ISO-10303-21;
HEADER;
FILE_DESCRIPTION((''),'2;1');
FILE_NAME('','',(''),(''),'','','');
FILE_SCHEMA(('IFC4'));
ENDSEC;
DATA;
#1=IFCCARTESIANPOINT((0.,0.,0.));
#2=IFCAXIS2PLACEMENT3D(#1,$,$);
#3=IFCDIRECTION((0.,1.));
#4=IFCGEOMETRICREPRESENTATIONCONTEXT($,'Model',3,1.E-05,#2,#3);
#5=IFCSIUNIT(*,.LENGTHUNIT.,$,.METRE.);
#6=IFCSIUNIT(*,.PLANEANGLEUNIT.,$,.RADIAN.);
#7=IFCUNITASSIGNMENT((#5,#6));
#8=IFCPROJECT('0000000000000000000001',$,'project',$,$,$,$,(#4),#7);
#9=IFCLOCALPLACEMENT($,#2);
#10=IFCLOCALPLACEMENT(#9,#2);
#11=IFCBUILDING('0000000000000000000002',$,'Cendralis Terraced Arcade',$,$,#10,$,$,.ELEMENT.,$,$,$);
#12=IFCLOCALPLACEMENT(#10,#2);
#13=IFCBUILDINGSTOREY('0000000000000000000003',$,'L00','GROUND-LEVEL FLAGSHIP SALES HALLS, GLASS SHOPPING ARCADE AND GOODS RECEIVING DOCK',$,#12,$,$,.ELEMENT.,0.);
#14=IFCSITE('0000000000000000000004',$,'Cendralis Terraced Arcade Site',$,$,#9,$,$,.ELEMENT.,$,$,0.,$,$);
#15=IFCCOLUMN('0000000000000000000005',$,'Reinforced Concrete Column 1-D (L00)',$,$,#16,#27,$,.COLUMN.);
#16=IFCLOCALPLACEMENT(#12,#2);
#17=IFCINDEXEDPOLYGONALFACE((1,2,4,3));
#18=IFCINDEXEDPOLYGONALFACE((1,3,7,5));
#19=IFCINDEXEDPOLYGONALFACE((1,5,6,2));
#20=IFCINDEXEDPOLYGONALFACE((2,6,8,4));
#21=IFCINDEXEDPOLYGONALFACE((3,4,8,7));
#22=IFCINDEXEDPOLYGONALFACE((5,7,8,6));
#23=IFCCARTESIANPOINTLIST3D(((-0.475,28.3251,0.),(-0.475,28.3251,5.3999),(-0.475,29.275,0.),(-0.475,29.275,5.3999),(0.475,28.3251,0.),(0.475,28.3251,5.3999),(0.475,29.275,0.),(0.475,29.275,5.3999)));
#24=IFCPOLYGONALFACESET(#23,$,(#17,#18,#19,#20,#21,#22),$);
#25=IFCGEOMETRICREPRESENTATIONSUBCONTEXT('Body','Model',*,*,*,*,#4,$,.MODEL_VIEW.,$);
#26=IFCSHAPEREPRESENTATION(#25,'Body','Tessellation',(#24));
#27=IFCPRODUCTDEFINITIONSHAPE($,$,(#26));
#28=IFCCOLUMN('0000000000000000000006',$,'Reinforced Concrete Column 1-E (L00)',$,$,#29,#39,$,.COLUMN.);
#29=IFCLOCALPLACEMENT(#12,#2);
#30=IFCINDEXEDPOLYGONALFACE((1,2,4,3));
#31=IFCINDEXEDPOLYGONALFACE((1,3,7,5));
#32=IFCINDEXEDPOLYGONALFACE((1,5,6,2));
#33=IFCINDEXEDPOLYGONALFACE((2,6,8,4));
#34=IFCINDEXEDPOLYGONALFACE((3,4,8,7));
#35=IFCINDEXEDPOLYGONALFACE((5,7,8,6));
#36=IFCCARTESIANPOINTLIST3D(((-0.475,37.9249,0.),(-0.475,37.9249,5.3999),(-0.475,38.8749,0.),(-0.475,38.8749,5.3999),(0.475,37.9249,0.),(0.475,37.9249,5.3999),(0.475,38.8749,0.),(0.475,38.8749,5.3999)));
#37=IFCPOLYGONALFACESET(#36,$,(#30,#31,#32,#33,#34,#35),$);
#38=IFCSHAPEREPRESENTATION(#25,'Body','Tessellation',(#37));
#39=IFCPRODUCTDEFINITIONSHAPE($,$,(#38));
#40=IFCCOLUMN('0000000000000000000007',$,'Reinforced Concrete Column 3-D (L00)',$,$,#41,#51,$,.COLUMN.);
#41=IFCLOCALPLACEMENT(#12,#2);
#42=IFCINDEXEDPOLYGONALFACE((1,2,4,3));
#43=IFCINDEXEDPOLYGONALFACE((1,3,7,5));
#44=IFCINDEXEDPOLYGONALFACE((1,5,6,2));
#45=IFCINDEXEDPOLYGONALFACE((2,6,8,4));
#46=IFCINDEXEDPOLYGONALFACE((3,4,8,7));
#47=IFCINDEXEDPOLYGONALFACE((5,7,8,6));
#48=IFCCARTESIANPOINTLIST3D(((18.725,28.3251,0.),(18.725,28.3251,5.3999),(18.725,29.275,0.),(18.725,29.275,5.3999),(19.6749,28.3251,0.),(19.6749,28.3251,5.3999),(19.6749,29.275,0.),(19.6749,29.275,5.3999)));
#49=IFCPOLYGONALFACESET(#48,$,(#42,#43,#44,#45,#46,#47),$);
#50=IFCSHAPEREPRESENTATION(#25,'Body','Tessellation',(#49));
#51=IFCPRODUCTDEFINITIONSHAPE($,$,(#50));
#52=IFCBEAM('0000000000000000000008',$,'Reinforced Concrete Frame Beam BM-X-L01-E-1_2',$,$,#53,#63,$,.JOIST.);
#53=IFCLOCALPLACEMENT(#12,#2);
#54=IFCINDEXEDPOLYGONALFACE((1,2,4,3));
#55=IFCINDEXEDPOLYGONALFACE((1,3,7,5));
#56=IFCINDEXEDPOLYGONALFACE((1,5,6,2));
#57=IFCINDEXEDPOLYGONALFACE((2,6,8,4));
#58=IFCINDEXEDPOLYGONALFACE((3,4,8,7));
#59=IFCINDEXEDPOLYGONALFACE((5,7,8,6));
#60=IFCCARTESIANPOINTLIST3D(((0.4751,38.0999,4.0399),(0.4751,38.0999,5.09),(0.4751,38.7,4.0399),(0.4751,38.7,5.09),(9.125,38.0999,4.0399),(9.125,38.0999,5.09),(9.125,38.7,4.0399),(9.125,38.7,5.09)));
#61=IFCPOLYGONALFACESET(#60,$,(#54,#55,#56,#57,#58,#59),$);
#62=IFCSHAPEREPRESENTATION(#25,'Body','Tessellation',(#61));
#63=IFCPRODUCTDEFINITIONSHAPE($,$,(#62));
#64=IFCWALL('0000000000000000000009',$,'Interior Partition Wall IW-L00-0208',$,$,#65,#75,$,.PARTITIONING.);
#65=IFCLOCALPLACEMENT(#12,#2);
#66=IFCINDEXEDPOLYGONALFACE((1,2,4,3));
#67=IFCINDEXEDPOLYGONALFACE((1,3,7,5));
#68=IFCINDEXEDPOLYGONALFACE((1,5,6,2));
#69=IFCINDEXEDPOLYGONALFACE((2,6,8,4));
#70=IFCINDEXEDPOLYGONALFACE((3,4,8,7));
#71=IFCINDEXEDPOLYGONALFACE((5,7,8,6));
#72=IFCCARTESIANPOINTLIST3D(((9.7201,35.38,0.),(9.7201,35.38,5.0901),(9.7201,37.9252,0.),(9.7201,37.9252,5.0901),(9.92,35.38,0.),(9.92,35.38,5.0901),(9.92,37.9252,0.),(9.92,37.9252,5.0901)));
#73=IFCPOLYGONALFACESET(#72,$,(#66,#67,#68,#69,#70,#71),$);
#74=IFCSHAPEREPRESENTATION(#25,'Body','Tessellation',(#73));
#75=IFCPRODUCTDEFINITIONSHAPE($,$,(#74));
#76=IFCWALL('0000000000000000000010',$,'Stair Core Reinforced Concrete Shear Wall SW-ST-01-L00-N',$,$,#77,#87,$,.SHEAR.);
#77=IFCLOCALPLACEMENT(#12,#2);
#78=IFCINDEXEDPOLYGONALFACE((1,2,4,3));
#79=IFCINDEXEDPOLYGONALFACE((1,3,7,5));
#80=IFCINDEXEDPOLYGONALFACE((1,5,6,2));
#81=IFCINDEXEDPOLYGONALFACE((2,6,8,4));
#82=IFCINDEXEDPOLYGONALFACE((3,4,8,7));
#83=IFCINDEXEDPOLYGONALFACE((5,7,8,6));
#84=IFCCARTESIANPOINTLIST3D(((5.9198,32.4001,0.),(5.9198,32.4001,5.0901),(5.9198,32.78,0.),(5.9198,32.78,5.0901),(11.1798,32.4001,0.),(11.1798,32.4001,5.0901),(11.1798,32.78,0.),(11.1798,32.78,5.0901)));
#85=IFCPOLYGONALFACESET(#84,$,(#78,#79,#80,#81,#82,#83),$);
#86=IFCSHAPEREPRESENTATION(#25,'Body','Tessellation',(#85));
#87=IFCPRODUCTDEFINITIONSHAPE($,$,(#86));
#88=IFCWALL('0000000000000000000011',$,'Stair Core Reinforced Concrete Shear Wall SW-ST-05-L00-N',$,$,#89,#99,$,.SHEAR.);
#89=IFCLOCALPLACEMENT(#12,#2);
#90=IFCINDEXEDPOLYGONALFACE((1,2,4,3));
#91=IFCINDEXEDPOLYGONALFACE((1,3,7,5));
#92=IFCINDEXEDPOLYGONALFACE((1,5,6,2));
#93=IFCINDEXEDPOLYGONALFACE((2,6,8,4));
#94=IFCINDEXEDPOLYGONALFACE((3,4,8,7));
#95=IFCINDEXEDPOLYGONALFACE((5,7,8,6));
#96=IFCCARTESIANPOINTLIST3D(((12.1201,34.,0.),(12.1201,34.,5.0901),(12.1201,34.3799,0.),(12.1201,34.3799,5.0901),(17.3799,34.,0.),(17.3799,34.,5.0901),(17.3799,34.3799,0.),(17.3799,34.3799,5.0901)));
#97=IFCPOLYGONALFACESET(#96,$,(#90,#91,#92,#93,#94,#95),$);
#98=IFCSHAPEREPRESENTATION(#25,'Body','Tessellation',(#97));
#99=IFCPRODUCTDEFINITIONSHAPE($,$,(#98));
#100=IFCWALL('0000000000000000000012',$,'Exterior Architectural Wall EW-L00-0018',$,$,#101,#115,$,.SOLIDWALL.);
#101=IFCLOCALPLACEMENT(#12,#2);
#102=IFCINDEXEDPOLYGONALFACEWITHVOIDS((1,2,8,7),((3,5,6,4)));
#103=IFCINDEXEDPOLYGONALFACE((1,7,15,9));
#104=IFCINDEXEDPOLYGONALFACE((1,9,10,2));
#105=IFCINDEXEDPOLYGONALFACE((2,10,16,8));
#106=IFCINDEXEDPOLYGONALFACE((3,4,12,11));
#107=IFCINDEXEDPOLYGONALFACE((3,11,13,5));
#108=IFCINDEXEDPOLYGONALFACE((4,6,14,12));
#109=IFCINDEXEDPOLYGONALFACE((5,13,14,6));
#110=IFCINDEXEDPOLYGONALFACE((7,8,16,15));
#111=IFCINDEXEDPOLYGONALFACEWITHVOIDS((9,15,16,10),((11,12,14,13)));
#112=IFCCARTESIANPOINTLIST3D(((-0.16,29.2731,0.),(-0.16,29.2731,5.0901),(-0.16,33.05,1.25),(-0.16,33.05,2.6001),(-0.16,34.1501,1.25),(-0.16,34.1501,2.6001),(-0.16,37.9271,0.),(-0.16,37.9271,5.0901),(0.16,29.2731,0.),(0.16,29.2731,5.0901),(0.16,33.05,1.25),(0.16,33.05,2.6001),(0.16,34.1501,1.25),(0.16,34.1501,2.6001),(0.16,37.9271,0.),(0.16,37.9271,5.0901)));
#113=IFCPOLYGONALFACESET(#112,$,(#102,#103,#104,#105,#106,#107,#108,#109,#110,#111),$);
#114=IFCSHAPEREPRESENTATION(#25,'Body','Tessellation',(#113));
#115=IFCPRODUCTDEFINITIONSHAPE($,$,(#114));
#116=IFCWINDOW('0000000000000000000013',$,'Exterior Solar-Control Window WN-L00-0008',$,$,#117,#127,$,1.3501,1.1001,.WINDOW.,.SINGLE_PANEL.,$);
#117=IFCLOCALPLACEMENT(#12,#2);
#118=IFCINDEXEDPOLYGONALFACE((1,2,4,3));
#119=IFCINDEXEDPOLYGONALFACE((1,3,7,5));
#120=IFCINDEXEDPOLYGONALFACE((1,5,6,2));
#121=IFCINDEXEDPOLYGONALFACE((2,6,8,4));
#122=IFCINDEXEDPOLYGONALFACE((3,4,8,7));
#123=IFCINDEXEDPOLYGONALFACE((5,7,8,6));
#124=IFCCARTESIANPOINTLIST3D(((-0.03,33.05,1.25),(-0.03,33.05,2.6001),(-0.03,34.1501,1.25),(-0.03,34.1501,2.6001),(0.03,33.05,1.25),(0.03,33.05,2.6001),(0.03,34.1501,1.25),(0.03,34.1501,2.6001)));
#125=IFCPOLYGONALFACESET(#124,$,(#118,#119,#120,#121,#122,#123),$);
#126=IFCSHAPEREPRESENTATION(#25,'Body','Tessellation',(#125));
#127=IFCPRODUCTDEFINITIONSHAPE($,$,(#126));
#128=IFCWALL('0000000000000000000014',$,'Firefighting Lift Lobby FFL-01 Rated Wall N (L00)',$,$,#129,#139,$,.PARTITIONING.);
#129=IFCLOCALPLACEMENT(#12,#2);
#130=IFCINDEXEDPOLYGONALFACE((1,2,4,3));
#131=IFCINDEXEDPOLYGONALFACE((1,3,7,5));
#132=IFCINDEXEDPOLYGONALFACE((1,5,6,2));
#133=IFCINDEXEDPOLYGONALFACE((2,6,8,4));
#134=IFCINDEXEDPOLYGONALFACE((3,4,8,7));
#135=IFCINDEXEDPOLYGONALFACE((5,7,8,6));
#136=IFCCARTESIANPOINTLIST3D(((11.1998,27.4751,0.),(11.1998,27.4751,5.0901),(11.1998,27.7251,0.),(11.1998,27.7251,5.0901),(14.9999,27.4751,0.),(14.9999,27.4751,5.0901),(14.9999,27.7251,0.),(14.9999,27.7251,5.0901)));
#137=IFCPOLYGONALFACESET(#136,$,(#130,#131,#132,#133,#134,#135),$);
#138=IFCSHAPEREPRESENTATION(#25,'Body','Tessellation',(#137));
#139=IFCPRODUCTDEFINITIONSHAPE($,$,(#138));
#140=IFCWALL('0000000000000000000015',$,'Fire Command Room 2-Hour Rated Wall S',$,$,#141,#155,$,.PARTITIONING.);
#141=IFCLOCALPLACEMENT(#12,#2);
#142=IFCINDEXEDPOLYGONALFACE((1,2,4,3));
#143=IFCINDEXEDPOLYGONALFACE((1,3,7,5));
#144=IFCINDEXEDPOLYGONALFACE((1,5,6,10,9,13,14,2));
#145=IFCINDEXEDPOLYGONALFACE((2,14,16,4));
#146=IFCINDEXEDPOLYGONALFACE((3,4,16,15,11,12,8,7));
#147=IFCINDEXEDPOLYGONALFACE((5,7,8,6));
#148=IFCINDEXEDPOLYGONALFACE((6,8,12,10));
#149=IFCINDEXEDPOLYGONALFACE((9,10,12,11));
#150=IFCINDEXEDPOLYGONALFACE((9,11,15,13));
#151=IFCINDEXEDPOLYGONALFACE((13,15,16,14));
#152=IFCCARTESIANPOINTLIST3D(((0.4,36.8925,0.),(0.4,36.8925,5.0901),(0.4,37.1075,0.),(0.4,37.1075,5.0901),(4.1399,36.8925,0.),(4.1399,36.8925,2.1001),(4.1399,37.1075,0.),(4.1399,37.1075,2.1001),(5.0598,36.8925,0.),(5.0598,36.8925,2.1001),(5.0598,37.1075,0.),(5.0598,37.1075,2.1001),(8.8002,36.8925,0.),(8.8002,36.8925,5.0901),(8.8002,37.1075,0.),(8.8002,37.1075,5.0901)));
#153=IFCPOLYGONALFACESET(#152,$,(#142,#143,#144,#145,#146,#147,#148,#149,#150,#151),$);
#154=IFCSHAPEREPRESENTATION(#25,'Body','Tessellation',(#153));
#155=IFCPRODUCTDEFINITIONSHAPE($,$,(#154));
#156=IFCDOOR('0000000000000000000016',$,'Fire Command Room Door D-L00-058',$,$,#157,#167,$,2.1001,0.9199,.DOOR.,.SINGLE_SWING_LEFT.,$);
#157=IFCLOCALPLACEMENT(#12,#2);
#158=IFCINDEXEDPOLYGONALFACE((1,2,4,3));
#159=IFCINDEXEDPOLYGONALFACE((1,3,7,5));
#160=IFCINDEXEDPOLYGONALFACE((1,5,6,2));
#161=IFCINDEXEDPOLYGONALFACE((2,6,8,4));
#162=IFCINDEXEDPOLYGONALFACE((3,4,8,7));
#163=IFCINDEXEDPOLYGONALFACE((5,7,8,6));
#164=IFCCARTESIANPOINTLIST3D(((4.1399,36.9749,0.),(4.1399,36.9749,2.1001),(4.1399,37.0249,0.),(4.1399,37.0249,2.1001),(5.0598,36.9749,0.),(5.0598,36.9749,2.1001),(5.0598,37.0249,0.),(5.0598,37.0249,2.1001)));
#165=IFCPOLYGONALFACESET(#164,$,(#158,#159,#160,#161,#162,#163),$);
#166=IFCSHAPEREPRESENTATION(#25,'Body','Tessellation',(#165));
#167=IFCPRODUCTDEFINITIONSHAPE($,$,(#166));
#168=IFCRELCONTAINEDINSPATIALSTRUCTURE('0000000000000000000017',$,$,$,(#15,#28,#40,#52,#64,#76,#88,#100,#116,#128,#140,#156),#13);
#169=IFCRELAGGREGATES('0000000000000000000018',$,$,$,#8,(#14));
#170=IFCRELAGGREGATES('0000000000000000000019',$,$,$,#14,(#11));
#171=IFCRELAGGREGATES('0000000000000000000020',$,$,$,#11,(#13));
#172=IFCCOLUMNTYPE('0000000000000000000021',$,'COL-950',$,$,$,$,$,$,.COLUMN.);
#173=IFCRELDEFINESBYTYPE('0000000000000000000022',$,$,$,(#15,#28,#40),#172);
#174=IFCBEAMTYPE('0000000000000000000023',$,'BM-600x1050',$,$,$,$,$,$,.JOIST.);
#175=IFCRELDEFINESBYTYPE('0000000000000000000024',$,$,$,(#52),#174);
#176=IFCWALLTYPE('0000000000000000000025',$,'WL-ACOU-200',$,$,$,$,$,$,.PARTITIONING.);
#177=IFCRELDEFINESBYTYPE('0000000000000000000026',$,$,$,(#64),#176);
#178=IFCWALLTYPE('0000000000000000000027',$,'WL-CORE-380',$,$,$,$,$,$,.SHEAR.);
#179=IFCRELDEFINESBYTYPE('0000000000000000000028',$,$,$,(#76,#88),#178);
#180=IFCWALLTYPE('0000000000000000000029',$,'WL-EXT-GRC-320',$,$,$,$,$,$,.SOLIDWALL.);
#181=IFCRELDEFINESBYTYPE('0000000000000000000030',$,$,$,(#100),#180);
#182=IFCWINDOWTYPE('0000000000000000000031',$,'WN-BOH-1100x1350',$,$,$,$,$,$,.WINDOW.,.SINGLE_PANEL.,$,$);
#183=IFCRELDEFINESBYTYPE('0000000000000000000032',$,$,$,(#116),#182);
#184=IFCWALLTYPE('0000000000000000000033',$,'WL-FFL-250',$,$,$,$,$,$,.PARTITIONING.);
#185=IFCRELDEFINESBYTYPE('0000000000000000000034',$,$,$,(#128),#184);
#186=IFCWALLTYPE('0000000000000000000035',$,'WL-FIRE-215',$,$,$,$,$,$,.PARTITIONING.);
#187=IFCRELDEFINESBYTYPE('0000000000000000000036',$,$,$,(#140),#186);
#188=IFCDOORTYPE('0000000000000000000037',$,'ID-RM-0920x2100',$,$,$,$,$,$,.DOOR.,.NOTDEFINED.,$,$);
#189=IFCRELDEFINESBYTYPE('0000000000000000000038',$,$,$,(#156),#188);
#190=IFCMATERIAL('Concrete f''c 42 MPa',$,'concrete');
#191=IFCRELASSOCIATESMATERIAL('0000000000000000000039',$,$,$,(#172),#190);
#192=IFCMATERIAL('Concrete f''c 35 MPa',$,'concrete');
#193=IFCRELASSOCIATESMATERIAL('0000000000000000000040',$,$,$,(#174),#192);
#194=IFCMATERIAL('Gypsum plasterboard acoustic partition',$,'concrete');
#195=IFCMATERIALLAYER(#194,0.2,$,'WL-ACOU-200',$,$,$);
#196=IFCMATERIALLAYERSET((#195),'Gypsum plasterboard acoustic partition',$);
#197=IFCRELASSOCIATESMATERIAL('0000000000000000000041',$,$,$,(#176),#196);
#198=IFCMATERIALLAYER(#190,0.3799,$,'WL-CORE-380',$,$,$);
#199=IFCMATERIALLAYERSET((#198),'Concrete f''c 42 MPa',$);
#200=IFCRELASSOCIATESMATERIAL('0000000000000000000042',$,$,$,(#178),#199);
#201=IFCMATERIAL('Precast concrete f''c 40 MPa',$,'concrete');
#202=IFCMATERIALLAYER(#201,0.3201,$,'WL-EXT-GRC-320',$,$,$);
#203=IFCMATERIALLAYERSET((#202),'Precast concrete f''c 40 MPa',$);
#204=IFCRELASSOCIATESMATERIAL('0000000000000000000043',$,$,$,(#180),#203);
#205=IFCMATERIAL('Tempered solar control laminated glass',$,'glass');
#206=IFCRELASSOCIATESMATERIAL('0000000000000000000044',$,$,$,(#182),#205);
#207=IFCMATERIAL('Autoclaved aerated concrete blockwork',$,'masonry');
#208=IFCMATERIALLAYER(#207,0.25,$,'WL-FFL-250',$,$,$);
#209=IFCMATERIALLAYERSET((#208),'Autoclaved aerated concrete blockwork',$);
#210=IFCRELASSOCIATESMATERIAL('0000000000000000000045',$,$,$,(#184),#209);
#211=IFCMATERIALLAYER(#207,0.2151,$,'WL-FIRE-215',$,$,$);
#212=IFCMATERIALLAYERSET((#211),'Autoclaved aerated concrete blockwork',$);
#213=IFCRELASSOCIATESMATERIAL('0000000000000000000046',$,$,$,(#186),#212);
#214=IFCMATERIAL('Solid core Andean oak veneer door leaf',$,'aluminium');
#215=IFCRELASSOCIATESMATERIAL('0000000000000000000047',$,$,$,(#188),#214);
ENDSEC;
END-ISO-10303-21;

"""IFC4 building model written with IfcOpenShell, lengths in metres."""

from ifc_helpers import new_model, si_unit, direction, frame, frame_2d, origin, origin_2d, place, context, subcontext, project, spatial, rectangle, extrude, material, layer, layer_set, material_profile, profile_set, type_object, element, fill, save


model = new_model("IFC4")

# Units and contexts
model_context = context("Model", 3, precision=1e-05, world=origin(), true_north=direction((0.0, 1.0)))
body_context = subcontext(model_context, "Body", "Model", "MODEL_VIEW")
ifc_project = project(units=[si_unit("LENGTHUNIT", "METRE"), si_unit("PLANEANGLEUNIT", "RADIAN")], contexts=[model_context])

# Site, building, storey
site_placement = place(None, origin())
site = spatial("IfcSite", under=ifc_project, at=site_placement, Name="Cendralis Terraced Arcade Site", CompositionType="ELEMENT", RefElevation=0.0)
building_placement = place(site_placement, origin())
building = spatial("IfcBuilding", under=site, at=building_placement, Name="Cendralis Terraced Arcade", CompositionType="ELEMENT")
storey_placement = place(building_placement, origin())
storey = spatial("IfcBuildingStorey", under=building, at=storey_placement, Name="L00", Description="GROUND-LEVEL FLAGSHIP SALES HALLS, GLASS SHOPPING ARCADE AND GOODS RECEIVING DOCK", CompositionType="ELEMENT", Elevation=0.0)

# Columns
ifc_material_1 = material(Name="Concrete f'c 42 MPa", Category="concrete")
ifc_material_profile_1 = material_profile(ifc_material_1, rectangle(XDim=0.95, YDim=0.95, at=origin_2d()), Name="RC-COL-950x950", Category="LoadBearing")
ifc_profile_set_1 = profile_set([ifc_material_profile_1], Name="Concrete f'c 42 MPa")
column_type = type_object("IfcColumnType", Name="COL-950", PredefinedType="COLUMN", material=ifc_profile_set_1)
for number, where, z_axis, x_axis, name in (
    (1, (0.0, 28.8, 0.0), (0.0, 0.0, 1.0), (1.0, 0.0, 0.0), "Reinforced Concrete Column 1-D (L00)"),
    (2, (0.0, 38.3999, 0.0), (0.0, 0.0, 1.0), (1.0, 0.0, 0.0), "Reinforced Concrete Column 1-E (L00)"),
    (3, (19.2, 28.8, 0.0), (0.0, 0.0, 1.0), (1.0, 0.0, 0.0), "Reinforced Concrete Column 3-D (L00)"),
):
    element("IfcColumn", number, at=place(storey_placement, frame(where, z_axis=z_axis, x_axis=x_axis)), inside=storey, type_object=column_type, Name=name, PredefinedType="COLUMN", context=body_context, shape_type="SweptSolid", body=[
        extrude(rectangle(XDim=0.95, YDim=0.95, at=origin_2d()), origin(), (0.0, 0.0, 1.0), 5.3999),
    ])

# Beam
ifc_material_2 = material(Name="Concrete f'c 35 MPa", Category="concrete")
ifc_material_profile_2 = material_profile(ifc_material_2, rectangle(XDim=0.6001, YDim=1.05, at=origin_2d()), Name="RC-BM-600x1050", Category="LoadBearing")
ifc_profile_set_2 = profile_set([ifc_material_profile_2], Name="Concrete f'c 35 MPa")
beam_type = type_object("IfcBeamType", Name="BM-600x1050", PredefinedType="JOIST", material=ifc_profile_set_2)
beam_placement = place(storey_placement, frame((0.4751, 38.3999, 4.5649), z_axis=(1.0, 0.0, 0.0), x_axis=(0.0, 1.0, 0.0)))
element("IfcBeam", 4, at=beam_placement, inside=storey, type_object=beam_type, Name="Reinforced Concrete Frame Beam BM-X-L01-E-1_2", PredefinedType="JOIST", context=body_context, shape_type="SweptSolid", body=[
    extrude(rectangle(XDim=0.6001, YDim=1.05, at=origin_2d()), origin(), (0.0, 0.0, 1.0), 8.6499),
])

# Walls
ifc_material_3 = material(Name="Gypsum plasterboard acoustic partition", Category="concrete")
ifc_layer_1 = layer(ifc_material_3, 0.2, Name="WL-ACOU-200")
ifc_layer_set_1 = layer_set([ifc_layer_1], Name="Gypsum plasterboard acoustic partition")
wall_type_1 = type_object("IfcWallType", Name="WL-ACOU-200", PredefinedType="PARTITIONING", material=ifc_layer_set_1)
wall_1_placement = place(storey_placement, frame((9.8201, 37.925, 0.0), z_axis=(0.0, 0.0, 1.0), x_axis=(0.0, -1.0, 0.0)))
element("IfcWall", 5, at=wall_1_placement, inside=storey, type_object=wall_type_1, Name="Interior Partition Wall IW-L00-0208", PredefinedType="PARTITIONING", context=body_context, shape_type="SweptSolid", body=[
    extrude(rectangle(XDim=2.5452, YDim=0.2, at=frame_2d((1.2725, 0.0))), origin(), (0.0, 0.0, 1.0), 5.0901),
])
ifc_layer_2 = layer(ifc_material_1, 0.3799, Name="WL-CORE-380")
ifc_layer_set_2 = layer_set([ifc_layer_2], Name="Concrete f'c 42 MPa")
wall_type_2 = type_object("IfcWallType", Name="WL-CORE-380", PredefinedType="SHEAR", material=ifc_layer_set_2)
wall_2_placement = place(storey_placement, frame((5.9199, 32.5901, 0.0), z_axis=(0.0, 0.0, 1.0), x_axis=(1.0, 0.0, 0.0)))
element("IfcWall", 6, at=wall_2_placement, inside=storey, type_object=wall_type_2, Name="Stair Core Reinforced Concrete Shear Wall SW-ST-01-L00-N", PredefinedType="SHEAR", context=body_context, shape_type="SweptSolid", body=[
    extrude(rectangle(XDim=5.26, YDim=0.3799, at=frame_2d((2.6299, 0.0))), origin(), (0.0, 0.0, 1.0), 5.0901),
])
wall_3_placement = place(storey_placement, frame((12.1201, 34.1899, 0.0), z_axis=(0.0, 0.0, 1.0), x_axis=(1.0, 0.0, 0.0)))
element("IfcWall", 7, at=wall_3_placement, inside=storey, type_object=wall_type_2, Name="Stair Core Reinforced Concrete Shear Wall SW-ST-05-L00-N", PredefinedType="SHEAR", context=body_context, shape_type="SweptSolid", body=[
    extrude(rectangle(XDim=5.2598, YDim=0.3799, at=frame_2d((2.6299, 0.0))), origin(), (0.0, 0.0, 1.0), 5.0901),
])

# Wall, opening, window
ifc_material_4 = material(Name="Precast concrete f'c 40 MPa", Category="concrete")
ifc_layer_3 = layer(ifc_material_4, 0.3201, Name="WL-EXT-GRC-320")
ifc_layer_set_3 = layer_set([ifc_layer_3], Name="Precast concrete f'c 40 MPa")
wall_type_3 = type_object("IfcWallType", Name="WL-EXT-GRC-320", PredefinedType="SOLIDWALL", material=ifc_layer_set_3)
wall_4_placement = place(storey_placement, frame((0.0, 29.2729, 0.0), z_axis=(0.0, 0.0, 1.0), x_axis=(0.0, 1.0, 0.0)))
wall_4 = element("IfcWall", 8, at=wall_4_placement, inside=storey, type_object=wall_type_3, Name="Exterior Architectural Wall EW-L00-0018", PredefinedType="SOLIDWALL", context=body_context, shape_type="SweptSolid", body=[
    extrude(rectangle(XDim=8.6541, YDim=0.3201, at=frame_2d((4.3271, 0.0))), origin(), (0.0, 0.0, 1.0), 5.0901),
])
opening_1_placement = place(wall_4_placement, frame((3.7771, 0.0, 1.25)))
opening_1 = element("IfcOpeningElement", 9, at=opening_1_placement, cuts=wall_4, PredefinedType="OPENING", context=body_context, shape_type="SweptSolid", body=[
    extrude(rectangle(XDim=1.1001, YDim=1.3501, at=frame_2d((0.55, 0.675))), frame((0.0, 0.1719, 0.0), z_axis=(0.0, -1.0, 0.0), x_axis=(1.0, 0.0, 0.0)), (0.0, 0.0, 1.0), 0.344),
])
ifc_material_5 = material(Name="Tempered solar control laminated glass", Category="glass")
window_type = type_object("IfcWindowType", Name="WN-BOH-1100x1350", PartitioningType="SINGLE_PANEL", PredefinedType="WINDOW", material=ifc_material_5)
window_placement = place(opening_1_placement, origin())
window = element("IfcWindow", 10, at=window_placement, inside=storey, type_object=window_type, Name="Exterior Solar-Control Window WN-L00-0008", OverallHeight=1.3501, OverallWidth=1.1001, PartitioningType="SINGLE_PANEL", PredefinedType="WINDOW", context=body_context, shape_type="SweptSolid", body=[
    extrude(rectangle(XDim=1.1001, YDim=1.3501, at=frame_2d((0.55, 0.675))), frame((0.0, 0.03, 0.0), z_axis=(0.0, -1.0, 0.0), x_axis=(1.0, 0.0, 0.0)), (0.0, 0.0, 1.0), 0.0601),
])
fill(opening_1, window)

# Wall
ifc_material_6 = material(Name="Autoclaved aerated concrete blockwork", Category="masonry")
ifc_layer_4 = layer(ifc_material_6, 0.25, Name="WL-FFL-250")
ifc_layer_set_4 = layer_set([ifc_layer_4], Name="Autoclaved aerated concrete blockwork")
wall_type_4 = type_object("IfcWallType", Name="WL-FFL-250", PredefinedType="PARTITIONING", material=ifc_layer_set_4)
wall_5_placement = place(storey_placement, frame((11.2, 27.6001, 0.0), z_axis=(0.0, 0.0, 1.0), x_axis=(1.0, 0.0, 0.0)))
element("IfcWall", 11, at=wall_5_placement, inside=storey, type_object=wall_type_4, Name="Firefighting Lift Lobby FFL-01 Rated Wall N (L00)", PredefinedType="PARTITIONING", context=body_context, shape_type="SweptSolid", body=[
    extrude(rectangle(XDim=3.8, YDim=0.25, at=frame_2d((1.8999, 0.0))), origin(), (0.0, 0.0, 1.0), 5.0901),
])

# Wall, opening, door
ifc_layer_5 = layer(ifc_material_6, 0.2151, Name="WL-FIRE-215")
ifc_layer_set_5 = layer_set([ifc_layer_5], Name="Autoclaved aerated concrete blockwork")
wall_type_5 = type_object("IfcWallType", Name="WL-FIRE-215", PredefinedType="PARTITIONING", material=ifc_layer_set_5)
wall_6_placement = place(storey_placement, frame((0.3999, 37.0, 0.0), z_axis=(0.0, 0.0, 1.0), x_axis=(1.0, 0.0, 0.0)))
wall_6 = element("IfcWall", 12, at=wall_6_placement, inside=storey, type_object=wall_type_5, Name="Fire Command Room 2-Hour Rated Wall S", PredefinedType="PARTITIONING", context=body_context, shape_type="SweptSolid", body=[
    extrude(rectangle(XDim=8.4001, YDim=0.2151, at=frame_2d((4.2002, 0.0))), origin(), (0.0, 0.0, 1.0), 5.0901),
])
opening_2_placement = place(wall_6_placement, frame((3.74, 0.0, 0.0)))
opening_2 = element("IfcOpeningElement", 13, at=opening_2_placement, cuts=wall_6, PredefinedType="OPENING", context=body_context, shape_type="SweptSolid", body=[
    extrude(rectangle(XDim=0.9199, YDim=2.1001, at=frame_2d((0.46, 1.05))), frame((0.0, 0.1196, 0.0), z_axis=(0.0, -1.0, 0.0), x_axis=(1.0, 0.0, 0.0)), (0.0, 0.0, 1.0), 0.239),
])
ifc_material_7 = material(Name="Solid core Andean oak veneer door leaf", Category="aluminium")
door_type_1 = type_object("IfcDoorType", Name="ID-RM-0920x2100", OperationType="NOTDEFINED", PredefinedType="DOOR", material=ifc_material_7)
door_1_placement = place(opening_2_placement, origin())
door_1 = element("IfcDoor", 14, at=door_1_placement, inside=storey, type_object=door_type_1, Name="Fire Command Room Door D-L00-058", OperationType="SINGLE_SWING_LEFT", OverallHeight=2.1001, OverallWidth=0.9199, PredefinedType="DOOR", context=body_context, shape_type="SweptSolid", body=[
    extrude(rectangle(XDim=0.9199, YDim=2.1001, at=frame_2d((0.46, 1.05))), frame((0.0, 0.0249, 0.0), z_axis=(0.0, -1.0, 0.0), x_axis=(1.0, 0.0, 0.0)), (0.0, 0.0, 1.0), 0.05),
])
fill(opening_2, door_1)

save(model, "model.ifc")
